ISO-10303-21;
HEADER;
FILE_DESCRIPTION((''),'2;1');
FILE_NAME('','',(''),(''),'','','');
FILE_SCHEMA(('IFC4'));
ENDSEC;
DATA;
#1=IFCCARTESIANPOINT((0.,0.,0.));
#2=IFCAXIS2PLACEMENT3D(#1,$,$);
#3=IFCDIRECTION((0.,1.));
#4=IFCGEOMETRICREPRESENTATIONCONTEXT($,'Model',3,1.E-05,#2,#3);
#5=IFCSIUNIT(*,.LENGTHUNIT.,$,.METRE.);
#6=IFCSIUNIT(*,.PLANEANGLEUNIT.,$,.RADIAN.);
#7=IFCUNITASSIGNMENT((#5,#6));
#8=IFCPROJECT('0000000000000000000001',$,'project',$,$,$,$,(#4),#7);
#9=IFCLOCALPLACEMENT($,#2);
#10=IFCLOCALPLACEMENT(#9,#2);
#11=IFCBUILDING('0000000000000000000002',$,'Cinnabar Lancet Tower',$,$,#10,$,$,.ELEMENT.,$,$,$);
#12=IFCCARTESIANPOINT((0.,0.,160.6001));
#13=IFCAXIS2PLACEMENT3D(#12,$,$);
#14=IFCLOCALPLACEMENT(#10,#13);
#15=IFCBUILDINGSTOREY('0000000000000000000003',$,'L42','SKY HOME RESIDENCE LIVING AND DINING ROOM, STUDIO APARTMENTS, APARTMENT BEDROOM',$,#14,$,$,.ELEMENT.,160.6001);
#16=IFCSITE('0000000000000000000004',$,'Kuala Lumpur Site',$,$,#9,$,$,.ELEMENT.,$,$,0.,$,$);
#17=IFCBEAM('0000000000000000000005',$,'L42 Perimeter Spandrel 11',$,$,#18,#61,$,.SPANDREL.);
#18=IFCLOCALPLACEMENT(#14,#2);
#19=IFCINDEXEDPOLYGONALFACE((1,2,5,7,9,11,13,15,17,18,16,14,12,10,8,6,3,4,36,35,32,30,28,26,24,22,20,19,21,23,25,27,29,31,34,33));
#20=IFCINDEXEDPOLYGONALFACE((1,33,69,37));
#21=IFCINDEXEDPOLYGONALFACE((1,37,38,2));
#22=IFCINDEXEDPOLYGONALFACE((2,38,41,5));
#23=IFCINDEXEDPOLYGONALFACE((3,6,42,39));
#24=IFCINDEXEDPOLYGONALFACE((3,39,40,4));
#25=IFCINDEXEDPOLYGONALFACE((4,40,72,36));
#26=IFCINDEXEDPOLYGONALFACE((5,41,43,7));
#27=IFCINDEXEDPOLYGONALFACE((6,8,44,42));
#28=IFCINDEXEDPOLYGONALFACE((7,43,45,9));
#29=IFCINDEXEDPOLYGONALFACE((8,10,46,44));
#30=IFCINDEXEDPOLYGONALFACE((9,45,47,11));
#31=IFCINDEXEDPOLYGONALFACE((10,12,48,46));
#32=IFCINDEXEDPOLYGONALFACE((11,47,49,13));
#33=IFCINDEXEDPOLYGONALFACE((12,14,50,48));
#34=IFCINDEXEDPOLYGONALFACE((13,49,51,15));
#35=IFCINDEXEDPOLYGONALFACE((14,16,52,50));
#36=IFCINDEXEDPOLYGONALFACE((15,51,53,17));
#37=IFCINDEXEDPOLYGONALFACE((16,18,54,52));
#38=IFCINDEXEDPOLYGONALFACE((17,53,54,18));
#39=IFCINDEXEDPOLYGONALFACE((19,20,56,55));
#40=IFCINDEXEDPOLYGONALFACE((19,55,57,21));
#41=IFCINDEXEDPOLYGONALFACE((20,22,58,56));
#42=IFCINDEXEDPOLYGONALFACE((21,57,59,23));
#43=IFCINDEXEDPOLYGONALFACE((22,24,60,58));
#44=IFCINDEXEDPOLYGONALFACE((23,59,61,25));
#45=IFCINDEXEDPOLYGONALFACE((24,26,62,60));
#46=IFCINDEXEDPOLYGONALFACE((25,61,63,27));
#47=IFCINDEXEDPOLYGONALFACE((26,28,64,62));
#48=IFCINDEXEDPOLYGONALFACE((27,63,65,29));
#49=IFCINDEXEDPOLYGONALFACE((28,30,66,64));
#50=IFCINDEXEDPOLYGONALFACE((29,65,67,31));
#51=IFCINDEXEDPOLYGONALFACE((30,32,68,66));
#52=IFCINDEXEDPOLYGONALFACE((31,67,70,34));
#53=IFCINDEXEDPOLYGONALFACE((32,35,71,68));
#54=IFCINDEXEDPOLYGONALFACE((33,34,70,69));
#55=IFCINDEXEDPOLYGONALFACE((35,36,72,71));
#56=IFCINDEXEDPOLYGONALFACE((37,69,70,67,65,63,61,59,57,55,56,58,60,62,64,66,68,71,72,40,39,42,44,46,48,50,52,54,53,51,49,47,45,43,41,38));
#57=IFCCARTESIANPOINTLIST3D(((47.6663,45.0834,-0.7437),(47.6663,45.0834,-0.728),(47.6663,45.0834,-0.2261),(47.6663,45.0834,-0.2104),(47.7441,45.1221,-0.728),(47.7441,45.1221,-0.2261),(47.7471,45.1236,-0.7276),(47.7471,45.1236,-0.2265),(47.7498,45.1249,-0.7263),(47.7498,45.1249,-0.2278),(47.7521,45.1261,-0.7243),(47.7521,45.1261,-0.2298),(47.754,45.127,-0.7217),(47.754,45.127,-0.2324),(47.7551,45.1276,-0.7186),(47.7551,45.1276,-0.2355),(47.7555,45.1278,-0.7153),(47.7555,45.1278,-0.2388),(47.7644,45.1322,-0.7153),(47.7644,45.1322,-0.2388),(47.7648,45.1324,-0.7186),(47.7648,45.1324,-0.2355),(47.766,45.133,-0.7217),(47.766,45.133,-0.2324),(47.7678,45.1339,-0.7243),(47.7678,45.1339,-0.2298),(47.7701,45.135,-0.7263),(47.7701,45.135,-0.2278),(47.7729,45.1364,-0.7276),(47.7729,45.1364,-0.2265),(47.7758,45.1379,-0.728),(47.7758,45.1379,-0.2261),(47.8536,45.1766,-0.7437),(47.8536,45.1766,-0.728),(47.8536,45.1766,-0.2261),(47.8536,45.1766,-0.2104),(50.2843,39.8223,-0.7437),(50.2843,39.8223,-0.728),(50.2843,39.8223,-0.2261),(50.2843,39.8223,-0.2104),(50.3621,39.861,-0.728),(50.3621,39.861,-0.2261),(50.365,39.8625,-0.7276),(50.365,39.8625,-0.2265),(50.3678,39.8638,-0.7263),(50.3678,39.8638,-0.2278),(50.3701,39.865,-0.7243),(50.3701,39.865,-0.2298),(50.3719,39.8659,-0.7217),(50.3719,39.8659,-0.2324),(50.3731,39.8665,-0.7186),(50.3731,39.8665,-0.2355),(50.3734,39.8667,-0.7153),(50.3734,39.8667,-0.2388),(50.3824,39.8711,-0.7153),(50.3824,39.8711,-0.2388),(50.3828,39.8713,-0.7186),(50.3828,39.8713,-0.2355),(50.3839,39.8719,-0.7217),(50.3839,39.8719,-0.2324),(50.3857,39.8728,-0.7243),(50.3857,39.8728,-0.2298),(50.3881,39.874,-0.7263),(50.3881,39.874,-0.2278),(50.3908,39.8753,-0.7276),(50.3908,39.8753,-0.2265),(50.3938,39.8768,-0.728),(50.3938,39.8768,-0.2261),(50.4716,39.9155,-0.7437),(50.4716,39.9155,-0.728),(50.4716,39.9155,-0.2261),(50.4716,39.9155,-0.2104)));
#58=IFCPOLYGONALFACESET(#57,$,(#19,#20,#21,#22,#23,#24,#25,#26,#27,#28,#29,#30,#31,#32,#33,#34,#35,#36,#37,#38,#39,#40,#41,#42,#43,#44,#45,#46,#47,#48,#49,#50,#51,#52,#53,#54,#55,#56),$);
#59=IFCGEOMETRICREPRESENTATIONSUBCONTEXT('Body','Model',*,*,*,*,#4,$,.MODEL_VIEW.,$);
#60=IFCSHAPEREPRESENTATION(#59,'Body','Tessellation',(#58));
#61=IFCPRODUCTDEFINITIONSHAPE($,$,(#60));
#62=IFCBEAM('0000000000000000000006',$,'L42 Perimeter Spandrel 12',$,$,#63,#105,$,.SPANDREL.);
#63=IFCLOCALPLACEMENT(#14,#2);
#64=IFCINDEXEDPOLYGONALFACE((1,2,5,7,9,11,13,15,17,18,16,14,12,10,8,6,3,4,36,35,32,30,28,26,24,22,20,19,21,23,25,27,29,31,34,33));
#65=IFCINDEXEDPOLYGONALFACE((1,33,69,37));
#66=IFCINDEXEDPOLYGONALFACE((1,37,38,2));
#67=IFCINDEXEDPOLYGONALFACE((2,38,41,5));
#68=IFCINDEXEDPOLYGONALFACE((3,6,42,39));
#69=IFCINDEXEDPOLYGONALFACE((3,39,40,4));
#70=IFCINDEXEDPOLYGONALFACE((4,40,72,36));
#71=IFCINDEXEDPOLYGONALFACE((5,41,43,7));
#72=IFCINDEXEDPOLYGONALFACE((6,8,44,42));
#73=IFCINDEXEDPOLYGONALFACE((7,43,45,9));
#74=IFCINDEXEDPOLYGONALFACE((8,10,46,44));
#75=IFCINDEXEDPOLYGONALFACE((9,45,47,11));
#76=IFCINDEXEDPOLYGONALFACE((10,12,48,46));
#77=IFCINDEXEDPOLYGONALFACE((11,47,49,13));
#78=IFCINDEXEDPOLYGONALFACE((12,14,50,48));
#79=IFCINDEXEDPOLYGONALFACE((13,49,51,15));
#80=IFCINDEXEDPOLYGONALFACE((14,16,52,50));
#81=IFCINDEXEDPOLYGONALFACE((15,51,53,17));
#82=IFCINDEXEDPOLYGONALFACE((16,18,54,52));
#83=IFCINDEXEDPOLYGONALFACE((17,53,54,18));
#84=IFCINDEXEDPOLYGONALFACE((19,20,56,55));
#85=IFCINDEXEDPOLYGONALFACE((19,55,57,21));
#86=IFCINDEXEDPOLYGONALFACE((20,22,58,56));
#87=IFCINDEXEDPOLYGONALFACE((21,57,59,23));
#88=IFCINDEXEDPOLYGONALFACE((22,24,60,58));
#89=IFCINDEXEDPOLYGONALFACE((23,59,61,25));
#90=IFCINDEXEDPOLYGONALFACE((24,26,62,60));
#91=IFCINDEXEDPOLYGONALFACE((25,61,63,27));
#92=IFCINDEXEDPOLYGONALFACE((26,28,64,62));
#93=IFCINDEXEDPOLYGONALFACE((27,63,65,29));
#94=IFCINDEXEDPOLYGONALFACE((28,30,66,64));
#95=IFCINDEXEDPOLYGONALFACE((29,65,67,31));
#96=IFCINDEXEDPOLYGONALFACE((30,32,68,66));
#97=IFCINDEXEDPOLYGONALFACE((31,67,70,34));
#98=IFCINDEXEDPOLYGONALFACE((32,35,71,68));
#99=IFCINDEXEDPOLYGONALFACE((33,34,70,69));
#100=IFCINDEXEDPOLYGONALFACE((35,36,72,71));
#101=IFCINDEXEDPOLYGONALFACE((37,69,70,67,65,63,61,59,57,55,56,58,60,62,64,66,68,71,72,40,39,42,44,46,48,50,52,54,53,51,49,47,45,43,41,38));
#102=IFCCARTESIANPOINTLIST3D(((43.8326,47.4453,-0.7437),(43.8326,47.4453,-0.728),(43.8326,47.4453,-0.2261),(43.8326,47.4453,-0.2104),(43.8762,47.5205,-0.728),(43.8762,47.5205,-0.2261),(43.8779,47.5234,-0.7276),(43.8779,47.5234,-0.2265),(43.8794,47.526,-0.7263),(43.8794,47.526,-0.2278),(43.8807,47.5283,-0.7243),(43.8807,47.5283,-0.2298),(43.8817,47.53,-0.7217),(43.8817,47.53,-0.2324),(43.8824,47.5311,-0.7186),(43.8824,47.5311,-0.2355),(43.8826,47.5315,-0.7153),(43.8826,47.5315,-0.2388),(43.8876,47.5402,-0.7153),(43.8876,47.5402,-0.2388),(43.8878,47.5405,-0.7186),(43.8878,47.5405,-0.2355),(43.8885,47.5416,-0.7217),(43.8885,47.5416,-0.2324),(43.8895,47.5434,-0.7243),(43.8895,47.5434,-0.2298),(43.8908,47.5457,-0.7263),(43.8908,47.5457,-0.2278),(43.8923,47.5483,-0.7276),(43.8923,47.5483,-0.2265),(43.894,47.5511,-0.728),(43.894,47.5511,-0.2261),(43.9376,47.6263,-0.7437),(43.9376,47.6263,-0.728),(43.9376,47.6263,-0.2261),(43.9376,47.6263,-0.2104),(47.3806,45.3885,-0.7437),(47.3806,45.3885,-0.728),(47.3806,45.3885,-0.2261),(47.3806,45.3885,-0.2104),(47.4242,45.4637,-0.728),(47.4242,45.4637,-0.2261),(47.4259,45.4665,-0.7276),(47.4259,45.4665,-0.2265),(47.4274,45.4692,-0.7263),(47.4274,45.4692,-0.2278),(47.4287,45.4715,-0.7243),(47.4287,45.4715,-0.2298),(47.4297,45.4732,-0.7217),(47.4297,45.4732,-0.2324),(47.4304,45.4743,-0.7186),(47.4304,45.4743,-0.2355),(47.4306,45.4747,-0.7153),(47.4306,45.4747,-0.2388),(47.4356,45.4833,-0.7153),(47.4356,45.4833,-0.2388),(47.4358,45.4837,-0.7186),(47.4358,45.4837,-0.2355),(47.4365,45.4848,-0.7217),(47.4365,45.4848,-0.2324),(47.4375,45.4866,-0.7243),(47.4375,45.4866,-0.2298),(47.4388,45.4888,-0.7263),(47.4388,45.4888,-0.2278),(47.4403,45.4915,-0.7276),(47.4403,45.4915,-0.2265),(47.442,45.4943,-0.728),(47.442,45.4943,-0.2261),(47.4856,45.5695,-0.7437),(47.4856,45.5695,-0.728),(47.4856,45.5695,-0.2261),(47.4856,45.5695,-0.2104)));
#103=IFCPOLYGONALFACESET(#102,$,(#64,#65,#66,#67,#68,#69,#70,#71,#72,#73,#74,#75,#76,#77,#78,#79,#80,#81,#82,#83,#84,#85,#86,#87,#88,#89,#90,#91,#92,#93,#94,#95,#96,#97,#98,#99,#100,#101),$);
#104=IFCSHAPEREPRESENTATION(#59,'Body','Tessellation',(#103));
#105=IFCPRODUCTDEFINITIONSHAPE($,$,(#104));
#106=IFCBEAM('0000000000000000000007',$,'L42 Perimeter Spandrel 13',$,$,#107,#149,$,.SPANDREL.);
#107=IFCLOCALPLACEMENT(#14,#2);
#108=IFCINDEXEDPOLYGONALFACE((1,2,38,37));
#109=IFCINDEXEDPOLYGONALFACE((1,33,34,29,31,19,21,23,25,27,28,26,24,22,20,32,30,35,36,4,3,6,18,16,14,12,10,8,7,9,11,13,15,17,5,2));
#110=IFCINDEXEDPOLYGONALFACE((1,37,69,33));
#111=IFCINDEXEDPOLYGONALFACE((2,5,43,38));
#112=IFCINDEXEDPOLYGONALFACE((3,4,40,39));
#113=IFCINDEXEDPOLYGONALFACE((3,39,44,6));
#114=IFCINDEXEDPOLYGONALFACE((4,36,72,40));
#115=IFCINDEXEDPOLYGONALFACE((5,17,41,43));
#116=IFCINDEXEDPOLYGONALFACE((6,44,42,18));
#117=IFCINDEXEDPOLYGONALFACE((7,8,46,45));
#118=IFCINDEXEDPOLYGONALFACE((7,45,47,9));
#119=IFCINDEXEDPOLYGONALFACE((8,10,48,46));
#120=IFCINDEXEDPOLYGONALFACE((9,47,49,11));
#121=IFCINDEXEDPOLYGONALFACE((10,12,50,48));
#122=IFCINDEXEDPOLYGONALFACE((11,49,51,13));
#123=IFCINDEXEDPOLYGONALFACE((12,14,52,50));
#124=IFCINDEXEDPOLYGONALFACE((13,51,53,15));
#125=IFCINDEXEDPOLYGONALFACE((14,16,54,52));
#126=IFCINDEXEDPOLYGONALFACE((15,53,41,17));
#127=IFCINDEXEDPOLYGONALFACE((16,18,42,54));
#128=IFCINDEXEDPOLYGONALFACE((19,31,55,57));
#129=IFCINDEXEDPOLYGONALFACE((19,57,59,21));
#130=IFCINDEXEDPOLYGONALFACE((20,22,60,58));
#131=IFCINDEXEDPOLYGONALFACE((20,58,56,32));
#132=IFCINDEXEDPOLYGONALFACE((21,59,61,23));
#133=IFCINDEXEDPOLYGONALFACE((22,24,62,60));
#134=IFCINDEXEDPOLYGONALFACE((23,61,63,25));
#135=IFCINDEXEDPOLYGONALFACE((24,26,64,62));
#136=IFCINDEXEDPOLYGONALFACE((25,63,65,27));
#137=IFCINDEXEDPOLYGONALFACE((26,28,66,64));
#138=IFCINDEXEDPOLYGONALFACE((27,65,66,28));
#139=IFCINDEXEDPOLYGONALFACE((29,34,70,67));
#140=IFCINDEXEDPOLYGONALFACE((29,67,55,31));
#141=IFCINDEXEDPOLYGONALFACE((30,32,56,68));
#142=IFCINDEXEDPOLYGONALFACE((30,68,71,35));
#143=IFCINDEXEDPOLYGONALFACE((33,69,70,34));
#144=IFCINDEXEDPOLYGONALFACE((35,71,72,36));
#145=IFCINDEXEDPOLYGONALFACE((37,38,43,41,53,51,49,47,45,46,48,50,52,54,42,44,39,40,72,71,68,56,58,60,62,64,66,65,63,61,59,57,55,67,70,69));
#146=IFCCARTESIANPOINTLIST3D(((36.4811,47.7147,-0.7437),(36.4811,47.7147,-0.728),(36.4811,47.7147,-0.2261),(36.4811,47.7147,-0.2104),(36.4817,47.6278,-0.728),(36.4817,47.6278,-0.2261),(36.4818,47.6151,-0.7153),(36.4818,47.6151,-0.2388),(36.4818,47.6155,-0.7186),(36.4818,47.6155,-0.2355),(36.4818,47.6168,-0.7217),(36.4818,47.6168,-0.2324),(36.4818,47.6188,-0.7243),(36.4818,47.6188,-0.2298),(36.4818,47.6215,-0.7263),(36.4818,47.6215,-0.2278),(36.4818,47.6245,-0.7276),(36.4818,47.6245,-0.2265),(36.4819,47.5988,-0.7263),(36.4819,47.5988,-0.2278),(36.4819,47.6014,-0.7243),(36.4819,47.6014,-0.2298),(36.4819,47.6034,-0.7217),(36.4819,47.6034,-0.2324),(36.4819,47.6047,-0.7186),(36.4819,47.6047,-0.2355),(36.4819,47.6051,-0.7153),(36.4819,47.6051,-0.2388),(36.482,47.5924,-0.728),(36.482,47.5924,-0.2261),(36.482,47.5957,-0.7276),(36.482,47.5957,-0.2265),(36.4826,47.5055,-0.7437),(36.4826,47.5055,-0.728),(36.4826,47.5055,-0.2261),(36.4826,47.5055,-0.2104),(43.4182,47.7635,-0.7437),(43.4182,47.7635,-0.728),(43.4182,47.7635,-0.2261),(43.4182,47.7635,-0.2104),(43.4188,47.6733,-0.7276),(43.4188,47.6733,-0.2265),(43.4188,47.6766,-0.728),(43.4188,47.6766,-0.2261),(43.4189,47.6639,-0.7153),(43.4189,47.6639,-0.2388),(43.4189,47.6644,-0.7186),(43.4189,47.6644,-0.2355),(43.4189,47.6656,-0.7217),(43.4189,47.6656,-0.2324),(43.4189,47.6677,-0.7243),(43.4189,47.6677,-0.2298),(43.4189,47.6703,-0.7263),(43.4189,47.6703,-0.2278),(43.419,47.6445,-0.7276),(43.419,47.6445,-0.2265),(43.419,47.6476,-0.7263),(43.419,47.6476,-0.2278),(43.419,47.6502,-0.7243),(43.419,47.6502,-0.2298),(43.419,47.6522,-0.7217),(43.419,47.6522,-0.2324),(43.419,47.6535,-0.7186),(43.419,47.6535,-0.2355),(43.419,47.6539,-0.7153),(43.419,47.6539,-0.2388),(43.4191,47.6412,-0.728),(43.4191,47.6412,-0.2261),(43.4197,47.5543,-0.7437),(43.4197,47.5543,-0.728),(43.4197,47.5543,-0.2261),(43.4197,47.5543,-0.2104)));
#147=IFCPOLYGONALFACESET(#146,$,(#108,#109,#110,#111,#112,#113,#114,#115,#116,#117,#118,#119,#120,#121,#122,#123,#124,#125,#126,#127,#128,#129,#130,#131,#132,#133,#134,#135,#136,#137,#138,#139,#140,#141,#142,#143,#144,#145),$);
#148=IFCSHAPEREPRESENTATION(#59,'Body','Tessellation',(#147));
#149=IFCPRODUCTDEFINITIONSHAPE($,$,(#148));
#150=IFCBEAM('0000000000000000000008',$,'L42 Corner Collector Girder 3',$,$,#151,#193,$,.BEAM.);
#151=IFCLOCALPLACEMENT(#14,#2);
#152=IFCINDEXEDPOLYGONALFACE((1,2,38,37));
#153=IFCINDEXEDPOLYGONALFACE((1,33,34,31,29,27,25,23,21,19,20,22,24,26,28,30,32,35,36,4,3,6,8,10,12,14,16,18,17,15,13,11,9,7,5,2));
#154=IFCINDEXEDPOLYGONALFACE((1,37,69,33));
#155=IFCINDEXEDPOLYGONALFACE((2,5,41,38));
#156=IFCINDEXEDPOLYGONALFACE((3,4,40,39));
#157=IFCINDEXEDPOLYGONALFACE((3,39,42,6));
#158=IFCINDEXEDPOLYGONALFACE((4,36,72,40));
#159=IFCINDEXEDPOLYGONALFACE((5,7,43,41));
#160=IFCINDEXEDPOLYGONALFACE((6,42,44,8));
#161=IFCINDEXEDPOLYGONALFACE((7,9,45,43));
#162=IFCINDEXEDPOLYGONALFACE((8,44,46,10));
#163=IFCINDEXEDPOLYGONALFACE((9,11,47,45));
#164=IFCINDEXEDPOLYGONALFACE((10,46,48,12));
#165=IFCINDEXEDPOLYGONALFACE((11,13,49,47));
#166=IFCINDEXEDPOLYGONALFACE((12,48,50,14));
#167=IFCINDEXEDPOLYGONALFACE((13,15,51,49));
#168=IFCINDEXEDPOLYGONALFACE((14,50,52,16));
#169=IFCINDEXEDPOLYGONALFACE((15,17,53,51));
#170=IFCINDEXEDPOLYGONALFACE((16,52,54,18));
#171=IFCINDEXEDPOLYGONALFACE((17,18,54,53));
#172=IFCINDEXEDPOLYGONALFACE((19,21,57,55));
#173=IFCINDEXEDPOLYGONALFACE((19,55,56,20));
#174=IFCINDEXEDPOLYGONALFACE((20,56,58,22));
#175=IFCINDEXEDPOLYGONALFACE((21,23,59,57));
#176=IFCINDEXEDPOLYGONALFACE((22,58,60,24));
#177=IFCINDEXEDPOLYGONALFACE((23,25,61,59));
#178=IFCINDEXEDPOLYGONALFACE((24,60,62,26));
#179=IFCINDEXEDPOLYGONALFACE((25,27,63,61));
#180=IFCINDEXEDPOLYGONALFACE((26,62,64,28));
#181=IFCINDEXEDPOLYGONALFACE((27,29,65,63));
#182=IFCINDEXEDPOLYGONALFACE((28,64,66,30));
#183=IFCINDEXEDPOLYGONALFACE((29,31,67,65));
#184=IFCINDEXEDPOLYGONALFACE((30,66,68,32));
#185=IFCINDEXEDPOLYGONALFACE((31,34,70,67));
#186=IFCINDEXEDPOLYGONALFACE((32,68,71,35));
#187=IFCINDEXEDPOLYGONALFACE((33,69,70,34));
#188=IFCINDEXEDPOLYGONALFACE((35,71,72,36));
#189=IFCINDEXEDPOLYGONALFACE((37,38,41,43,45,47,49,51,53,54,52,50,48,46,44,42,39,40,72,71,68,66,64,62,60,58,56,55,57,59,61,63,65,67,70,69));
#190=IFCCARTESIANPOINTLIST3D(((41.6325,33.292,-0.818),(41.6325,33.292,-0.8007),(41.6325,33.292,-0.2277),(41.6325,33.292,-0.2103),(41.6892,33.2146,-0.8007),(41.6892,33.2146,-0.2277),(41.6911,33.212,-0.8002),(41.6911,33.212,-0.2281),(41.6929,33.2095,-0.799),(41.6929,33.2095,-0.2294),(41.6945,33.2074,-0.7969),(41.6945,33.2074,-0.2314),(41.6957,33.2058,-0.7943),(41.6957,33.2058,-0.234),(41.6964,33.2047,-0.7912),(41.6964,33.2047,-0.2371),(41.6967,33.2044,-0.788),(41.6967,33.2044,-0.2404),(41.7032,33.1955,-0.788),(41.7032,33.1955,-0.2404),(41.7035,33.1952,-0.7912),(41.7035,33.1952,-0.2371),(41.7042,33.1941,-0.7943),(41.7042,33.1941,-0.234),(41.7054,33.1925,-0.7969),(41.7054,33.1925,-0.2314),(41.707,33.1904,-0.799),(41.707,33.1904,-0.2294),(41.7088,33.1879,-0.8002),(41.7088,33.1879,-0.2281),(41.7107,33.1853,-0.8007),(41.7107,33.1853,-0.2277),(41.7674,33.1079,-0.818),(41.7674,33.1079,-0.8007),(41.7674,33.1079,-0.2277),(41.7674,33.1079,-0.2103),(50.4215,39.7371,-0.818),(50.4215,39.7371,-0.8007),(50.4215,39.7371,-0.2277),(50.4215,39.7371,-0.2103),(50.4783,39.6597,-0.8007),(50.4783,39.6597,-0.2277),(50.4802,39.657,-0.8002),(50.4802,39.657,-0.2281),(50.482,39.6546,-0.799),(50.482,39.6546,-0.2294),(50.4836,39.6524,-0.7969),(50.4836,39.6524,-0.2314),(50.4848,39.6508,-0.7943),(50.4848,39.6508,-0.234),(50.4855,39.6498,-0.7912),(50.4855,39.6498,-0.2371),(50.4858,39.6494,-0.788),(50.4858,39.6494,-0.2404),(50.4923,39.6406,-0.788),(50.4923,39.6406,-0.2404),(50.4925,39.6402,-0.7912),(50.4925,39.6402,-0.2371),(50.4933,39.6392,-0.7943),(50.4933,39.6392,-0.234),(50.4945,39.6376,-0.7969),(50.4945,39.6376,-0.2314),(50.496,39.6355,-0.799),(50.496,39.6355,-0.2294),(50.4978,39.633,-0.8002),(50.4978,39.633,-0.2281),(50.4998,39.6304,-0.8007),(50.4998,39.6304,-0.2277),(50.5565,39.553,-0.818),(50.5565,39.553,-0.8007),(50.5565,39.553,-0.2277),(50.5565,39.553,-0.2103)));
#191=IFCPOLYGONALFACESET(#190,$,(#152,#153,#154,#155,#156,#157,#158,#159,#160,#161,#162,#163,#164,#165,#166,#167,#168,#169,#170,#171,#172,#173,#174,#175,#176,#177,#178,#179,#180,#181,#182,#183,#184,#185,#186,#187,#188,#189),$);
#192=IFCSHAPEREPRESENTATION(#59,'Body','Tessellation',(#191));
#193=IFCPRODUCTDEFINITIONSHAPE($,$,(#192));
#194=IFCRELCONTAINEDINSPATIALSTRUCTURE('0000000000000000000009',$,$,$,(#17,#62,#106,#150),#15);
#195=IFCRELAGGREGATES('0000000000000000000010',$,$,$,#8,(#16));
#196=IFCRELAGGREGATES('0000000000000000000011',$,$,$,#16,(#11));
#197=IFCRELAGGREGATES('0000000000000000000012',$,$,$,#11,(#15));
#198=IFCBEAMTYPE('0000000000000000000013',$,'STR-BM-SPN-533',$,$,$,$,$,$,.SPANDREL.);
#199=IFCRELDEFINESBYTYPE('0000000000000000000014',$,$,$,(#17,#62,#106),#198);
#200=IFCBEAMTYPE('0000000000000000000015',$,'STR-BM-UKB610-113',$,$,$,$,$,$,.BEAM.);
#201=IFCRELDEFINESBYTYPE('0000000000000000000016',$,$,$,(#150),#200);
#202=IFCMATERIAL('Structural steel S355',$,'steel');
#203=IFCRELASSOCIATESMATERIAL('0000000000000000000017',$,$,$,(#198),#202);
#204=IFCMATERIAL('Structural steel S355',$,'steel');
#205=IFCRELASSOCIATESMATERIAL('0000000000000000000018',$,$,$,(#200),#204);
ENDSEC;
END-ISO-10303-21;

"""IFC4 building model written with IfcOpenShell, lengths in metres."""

from ifc_helpers import new_model, si_unit, direction, frame, origin, origin_2d, place, context, subcontext, project, spatial, i_section, extrude, material, material_profile, profile_set, type_object, element, save


model = new_model("IFC4")

# Units and contexts
model_context = context("Model", 3, precision=1e-05, world=origin(), true_north=direction((0.0, 1.0)))
body_context = subcontext(model_context, "Body", "Model", "MODEL_VIEW")
ifc_project = project(units=[si_unit("LENGTHUNIT", "METRE"), si_unit("PLANEANGLEUNIT", "RADIAN")], contexts=[model_context])

# Site, building, storey
site_placement = place(None, origin())
site = spatial("IfcSite", under=ifc_project, at=site_placement, Name="Kuala Lumpur Site", CompositionType="ELEMENT", RefElevation=0.0)
building_placement = place(site_placement, origin())
building = spatial("IfcBuilding", under=site, at=building_placement, Name="Cinnabar Lancet Tower", CompositionType="ELEMENT")
storey_placement = place(building_placement, frame((0.0, 0.0, 160.6001)))
storey = spatial("IfcBuildingStorey", under=building, at=storey_placement, Name="L42", Description="SKY HOME RESIDENCE LIVING AND DINING ROOM, STUDIO APARTMENTS, APARTMENT BEDROOM", CompositionType="ELEMENT", Elevation=160.6001)

# Beams
ifc_material_1 = material(Name="Structural steel S355", Category="steel")
ifc_material_profile_1 = material_profile(ifc_material_1, i_section(OverallWidth=0.2092, OverallDepth=0.5332, WebThickness=0.01, FlangeThickness=0.0156, FilletRadius=0.0127, at=origin_2d()), Name="UKB 533x210x92")
ifc_profile_set_1 = profile_set([ifc_material_profile_1], Name="Structural steel S355")
beam_type_1 = type_object("IfcBeamType", Name="STR-BM-SPN-533", PredefinedType="SPANDREL", material=ifc_profile_set_1)
beam_1_placement = place(storey_placement, frame((50.3779, 39.8689, -0.4771), z_axis=(-0.445501, 0.895281, 0.0), x_axis=(-0.895281, -0.445501, 0.0)))
element("IfcBeam", 1, at=beam_1_placement, inside=storey, type_object=beam_type_1, Name="L42 Perimeter Spandrel 11", PredefinedType="SPANDREL", context=body_context, shape_type="SweptSolid", body=[
    extrude(i_section(OverallWidth=0.2092, OverallDepth=0.5332, WebThickness=0.01, FlangeThickness=0.0156, FilletRadius=0.0127, at=origin_2d()), origin(), (0.0, 0.0, 1.0), 5.8765),
])
beam_2_placement = place(storey_placement, frame((47.4331, 45.479, -0.4771), z_axis=(-0.865138, 0.501534, 0.0), x_axis=(-0.501534, -0.865138, 0.0)))
element("IfcBeam", 2, at=beam_2_placement, inside=storey, type_object=beam_type_1, Name="L42 Perimeter Spandrel 12", PredefinedType="SPANDREL", context=body_context, shape_type="SweptSolid", body=[
    extrude(i_section(OverallWidth=0.2092, OverallDepth=0.5332, WebThickness=0.01, FlangeThickness=0.0156, FilletRadius=0.0127, at=origin_2d()), origin(), (0.0, 0.0, 1.0), 4.1011),
])
beam_3_placement = place(storey_placement, frame((43.4189, 47.6589, -0.4771), z_axis=(-0.999975, -0.007039, 0.0), x_axis=(0.007039, -0.999975, 0.0)))
element("IfcBeam", 3, at=beam_3_placement, inside=storey, type_object=beam_type_1, Name="L42 Perimeter Spandrel 13", PredefinedType="SPANDREL", context=body_context, shape_type="SweptSolid", body=[
    extrude(i_section(OverallWidth=0.2092, OverallDepth=0.5332, WebThickness=0.01, FlangeThickness=0.0156, FilletRadius=0.0127, at=origin_2d()), origin(), (0.0, 0.0, 1.0), 6.9373),
])
ifc_material_2 = material(Name="Structural steel S355", Category="steel")
ifc_material_profile_2 = material_profile(ifc_material_2, i_section(OverallWidth=0.2283, OverallDepth=0.6077, WebThickness=0.011, FlangeThickness=0.0173, FilletRadius=0.0127, at=origin_2d()), Name="UKB 610x229x113")
ifc_profile_set_2 = profile_set([ifc_material_profile_2], Name="Structural steel S355")
beam_type_2 = type_object("IfcBeamType", Name="STR-BM-UKB610-113", PredefinedType="BEAM", material=ifc_profile_set_2)
beam_4_placement = place(storey_placement, frame((50.489, 39.645, -0.5142), z_axis=(-0.806416, -0.591349, 0.0), x_axis=(0.591349, -0.806416, 0.0)))
element("IfcBeam", 4, at=beam_4_placement, inside=storey, type_object=beam_type_2, Name="L42 Corner Collector Girder 3", PredefinedType="BEAM", context=body_context, shape_type="SweptSolid", body=[
    extrude(i_section(OverallWidth=0.2283, OverallDepth=0.6077, WebThickness=0.011, FlangeThickness=0.0173, FilletRadius=0.0127, at=origin_2d()), origin(), (0.0, 0.0, 1.0), 10.8989),
])

save(model, "model.ifc")
